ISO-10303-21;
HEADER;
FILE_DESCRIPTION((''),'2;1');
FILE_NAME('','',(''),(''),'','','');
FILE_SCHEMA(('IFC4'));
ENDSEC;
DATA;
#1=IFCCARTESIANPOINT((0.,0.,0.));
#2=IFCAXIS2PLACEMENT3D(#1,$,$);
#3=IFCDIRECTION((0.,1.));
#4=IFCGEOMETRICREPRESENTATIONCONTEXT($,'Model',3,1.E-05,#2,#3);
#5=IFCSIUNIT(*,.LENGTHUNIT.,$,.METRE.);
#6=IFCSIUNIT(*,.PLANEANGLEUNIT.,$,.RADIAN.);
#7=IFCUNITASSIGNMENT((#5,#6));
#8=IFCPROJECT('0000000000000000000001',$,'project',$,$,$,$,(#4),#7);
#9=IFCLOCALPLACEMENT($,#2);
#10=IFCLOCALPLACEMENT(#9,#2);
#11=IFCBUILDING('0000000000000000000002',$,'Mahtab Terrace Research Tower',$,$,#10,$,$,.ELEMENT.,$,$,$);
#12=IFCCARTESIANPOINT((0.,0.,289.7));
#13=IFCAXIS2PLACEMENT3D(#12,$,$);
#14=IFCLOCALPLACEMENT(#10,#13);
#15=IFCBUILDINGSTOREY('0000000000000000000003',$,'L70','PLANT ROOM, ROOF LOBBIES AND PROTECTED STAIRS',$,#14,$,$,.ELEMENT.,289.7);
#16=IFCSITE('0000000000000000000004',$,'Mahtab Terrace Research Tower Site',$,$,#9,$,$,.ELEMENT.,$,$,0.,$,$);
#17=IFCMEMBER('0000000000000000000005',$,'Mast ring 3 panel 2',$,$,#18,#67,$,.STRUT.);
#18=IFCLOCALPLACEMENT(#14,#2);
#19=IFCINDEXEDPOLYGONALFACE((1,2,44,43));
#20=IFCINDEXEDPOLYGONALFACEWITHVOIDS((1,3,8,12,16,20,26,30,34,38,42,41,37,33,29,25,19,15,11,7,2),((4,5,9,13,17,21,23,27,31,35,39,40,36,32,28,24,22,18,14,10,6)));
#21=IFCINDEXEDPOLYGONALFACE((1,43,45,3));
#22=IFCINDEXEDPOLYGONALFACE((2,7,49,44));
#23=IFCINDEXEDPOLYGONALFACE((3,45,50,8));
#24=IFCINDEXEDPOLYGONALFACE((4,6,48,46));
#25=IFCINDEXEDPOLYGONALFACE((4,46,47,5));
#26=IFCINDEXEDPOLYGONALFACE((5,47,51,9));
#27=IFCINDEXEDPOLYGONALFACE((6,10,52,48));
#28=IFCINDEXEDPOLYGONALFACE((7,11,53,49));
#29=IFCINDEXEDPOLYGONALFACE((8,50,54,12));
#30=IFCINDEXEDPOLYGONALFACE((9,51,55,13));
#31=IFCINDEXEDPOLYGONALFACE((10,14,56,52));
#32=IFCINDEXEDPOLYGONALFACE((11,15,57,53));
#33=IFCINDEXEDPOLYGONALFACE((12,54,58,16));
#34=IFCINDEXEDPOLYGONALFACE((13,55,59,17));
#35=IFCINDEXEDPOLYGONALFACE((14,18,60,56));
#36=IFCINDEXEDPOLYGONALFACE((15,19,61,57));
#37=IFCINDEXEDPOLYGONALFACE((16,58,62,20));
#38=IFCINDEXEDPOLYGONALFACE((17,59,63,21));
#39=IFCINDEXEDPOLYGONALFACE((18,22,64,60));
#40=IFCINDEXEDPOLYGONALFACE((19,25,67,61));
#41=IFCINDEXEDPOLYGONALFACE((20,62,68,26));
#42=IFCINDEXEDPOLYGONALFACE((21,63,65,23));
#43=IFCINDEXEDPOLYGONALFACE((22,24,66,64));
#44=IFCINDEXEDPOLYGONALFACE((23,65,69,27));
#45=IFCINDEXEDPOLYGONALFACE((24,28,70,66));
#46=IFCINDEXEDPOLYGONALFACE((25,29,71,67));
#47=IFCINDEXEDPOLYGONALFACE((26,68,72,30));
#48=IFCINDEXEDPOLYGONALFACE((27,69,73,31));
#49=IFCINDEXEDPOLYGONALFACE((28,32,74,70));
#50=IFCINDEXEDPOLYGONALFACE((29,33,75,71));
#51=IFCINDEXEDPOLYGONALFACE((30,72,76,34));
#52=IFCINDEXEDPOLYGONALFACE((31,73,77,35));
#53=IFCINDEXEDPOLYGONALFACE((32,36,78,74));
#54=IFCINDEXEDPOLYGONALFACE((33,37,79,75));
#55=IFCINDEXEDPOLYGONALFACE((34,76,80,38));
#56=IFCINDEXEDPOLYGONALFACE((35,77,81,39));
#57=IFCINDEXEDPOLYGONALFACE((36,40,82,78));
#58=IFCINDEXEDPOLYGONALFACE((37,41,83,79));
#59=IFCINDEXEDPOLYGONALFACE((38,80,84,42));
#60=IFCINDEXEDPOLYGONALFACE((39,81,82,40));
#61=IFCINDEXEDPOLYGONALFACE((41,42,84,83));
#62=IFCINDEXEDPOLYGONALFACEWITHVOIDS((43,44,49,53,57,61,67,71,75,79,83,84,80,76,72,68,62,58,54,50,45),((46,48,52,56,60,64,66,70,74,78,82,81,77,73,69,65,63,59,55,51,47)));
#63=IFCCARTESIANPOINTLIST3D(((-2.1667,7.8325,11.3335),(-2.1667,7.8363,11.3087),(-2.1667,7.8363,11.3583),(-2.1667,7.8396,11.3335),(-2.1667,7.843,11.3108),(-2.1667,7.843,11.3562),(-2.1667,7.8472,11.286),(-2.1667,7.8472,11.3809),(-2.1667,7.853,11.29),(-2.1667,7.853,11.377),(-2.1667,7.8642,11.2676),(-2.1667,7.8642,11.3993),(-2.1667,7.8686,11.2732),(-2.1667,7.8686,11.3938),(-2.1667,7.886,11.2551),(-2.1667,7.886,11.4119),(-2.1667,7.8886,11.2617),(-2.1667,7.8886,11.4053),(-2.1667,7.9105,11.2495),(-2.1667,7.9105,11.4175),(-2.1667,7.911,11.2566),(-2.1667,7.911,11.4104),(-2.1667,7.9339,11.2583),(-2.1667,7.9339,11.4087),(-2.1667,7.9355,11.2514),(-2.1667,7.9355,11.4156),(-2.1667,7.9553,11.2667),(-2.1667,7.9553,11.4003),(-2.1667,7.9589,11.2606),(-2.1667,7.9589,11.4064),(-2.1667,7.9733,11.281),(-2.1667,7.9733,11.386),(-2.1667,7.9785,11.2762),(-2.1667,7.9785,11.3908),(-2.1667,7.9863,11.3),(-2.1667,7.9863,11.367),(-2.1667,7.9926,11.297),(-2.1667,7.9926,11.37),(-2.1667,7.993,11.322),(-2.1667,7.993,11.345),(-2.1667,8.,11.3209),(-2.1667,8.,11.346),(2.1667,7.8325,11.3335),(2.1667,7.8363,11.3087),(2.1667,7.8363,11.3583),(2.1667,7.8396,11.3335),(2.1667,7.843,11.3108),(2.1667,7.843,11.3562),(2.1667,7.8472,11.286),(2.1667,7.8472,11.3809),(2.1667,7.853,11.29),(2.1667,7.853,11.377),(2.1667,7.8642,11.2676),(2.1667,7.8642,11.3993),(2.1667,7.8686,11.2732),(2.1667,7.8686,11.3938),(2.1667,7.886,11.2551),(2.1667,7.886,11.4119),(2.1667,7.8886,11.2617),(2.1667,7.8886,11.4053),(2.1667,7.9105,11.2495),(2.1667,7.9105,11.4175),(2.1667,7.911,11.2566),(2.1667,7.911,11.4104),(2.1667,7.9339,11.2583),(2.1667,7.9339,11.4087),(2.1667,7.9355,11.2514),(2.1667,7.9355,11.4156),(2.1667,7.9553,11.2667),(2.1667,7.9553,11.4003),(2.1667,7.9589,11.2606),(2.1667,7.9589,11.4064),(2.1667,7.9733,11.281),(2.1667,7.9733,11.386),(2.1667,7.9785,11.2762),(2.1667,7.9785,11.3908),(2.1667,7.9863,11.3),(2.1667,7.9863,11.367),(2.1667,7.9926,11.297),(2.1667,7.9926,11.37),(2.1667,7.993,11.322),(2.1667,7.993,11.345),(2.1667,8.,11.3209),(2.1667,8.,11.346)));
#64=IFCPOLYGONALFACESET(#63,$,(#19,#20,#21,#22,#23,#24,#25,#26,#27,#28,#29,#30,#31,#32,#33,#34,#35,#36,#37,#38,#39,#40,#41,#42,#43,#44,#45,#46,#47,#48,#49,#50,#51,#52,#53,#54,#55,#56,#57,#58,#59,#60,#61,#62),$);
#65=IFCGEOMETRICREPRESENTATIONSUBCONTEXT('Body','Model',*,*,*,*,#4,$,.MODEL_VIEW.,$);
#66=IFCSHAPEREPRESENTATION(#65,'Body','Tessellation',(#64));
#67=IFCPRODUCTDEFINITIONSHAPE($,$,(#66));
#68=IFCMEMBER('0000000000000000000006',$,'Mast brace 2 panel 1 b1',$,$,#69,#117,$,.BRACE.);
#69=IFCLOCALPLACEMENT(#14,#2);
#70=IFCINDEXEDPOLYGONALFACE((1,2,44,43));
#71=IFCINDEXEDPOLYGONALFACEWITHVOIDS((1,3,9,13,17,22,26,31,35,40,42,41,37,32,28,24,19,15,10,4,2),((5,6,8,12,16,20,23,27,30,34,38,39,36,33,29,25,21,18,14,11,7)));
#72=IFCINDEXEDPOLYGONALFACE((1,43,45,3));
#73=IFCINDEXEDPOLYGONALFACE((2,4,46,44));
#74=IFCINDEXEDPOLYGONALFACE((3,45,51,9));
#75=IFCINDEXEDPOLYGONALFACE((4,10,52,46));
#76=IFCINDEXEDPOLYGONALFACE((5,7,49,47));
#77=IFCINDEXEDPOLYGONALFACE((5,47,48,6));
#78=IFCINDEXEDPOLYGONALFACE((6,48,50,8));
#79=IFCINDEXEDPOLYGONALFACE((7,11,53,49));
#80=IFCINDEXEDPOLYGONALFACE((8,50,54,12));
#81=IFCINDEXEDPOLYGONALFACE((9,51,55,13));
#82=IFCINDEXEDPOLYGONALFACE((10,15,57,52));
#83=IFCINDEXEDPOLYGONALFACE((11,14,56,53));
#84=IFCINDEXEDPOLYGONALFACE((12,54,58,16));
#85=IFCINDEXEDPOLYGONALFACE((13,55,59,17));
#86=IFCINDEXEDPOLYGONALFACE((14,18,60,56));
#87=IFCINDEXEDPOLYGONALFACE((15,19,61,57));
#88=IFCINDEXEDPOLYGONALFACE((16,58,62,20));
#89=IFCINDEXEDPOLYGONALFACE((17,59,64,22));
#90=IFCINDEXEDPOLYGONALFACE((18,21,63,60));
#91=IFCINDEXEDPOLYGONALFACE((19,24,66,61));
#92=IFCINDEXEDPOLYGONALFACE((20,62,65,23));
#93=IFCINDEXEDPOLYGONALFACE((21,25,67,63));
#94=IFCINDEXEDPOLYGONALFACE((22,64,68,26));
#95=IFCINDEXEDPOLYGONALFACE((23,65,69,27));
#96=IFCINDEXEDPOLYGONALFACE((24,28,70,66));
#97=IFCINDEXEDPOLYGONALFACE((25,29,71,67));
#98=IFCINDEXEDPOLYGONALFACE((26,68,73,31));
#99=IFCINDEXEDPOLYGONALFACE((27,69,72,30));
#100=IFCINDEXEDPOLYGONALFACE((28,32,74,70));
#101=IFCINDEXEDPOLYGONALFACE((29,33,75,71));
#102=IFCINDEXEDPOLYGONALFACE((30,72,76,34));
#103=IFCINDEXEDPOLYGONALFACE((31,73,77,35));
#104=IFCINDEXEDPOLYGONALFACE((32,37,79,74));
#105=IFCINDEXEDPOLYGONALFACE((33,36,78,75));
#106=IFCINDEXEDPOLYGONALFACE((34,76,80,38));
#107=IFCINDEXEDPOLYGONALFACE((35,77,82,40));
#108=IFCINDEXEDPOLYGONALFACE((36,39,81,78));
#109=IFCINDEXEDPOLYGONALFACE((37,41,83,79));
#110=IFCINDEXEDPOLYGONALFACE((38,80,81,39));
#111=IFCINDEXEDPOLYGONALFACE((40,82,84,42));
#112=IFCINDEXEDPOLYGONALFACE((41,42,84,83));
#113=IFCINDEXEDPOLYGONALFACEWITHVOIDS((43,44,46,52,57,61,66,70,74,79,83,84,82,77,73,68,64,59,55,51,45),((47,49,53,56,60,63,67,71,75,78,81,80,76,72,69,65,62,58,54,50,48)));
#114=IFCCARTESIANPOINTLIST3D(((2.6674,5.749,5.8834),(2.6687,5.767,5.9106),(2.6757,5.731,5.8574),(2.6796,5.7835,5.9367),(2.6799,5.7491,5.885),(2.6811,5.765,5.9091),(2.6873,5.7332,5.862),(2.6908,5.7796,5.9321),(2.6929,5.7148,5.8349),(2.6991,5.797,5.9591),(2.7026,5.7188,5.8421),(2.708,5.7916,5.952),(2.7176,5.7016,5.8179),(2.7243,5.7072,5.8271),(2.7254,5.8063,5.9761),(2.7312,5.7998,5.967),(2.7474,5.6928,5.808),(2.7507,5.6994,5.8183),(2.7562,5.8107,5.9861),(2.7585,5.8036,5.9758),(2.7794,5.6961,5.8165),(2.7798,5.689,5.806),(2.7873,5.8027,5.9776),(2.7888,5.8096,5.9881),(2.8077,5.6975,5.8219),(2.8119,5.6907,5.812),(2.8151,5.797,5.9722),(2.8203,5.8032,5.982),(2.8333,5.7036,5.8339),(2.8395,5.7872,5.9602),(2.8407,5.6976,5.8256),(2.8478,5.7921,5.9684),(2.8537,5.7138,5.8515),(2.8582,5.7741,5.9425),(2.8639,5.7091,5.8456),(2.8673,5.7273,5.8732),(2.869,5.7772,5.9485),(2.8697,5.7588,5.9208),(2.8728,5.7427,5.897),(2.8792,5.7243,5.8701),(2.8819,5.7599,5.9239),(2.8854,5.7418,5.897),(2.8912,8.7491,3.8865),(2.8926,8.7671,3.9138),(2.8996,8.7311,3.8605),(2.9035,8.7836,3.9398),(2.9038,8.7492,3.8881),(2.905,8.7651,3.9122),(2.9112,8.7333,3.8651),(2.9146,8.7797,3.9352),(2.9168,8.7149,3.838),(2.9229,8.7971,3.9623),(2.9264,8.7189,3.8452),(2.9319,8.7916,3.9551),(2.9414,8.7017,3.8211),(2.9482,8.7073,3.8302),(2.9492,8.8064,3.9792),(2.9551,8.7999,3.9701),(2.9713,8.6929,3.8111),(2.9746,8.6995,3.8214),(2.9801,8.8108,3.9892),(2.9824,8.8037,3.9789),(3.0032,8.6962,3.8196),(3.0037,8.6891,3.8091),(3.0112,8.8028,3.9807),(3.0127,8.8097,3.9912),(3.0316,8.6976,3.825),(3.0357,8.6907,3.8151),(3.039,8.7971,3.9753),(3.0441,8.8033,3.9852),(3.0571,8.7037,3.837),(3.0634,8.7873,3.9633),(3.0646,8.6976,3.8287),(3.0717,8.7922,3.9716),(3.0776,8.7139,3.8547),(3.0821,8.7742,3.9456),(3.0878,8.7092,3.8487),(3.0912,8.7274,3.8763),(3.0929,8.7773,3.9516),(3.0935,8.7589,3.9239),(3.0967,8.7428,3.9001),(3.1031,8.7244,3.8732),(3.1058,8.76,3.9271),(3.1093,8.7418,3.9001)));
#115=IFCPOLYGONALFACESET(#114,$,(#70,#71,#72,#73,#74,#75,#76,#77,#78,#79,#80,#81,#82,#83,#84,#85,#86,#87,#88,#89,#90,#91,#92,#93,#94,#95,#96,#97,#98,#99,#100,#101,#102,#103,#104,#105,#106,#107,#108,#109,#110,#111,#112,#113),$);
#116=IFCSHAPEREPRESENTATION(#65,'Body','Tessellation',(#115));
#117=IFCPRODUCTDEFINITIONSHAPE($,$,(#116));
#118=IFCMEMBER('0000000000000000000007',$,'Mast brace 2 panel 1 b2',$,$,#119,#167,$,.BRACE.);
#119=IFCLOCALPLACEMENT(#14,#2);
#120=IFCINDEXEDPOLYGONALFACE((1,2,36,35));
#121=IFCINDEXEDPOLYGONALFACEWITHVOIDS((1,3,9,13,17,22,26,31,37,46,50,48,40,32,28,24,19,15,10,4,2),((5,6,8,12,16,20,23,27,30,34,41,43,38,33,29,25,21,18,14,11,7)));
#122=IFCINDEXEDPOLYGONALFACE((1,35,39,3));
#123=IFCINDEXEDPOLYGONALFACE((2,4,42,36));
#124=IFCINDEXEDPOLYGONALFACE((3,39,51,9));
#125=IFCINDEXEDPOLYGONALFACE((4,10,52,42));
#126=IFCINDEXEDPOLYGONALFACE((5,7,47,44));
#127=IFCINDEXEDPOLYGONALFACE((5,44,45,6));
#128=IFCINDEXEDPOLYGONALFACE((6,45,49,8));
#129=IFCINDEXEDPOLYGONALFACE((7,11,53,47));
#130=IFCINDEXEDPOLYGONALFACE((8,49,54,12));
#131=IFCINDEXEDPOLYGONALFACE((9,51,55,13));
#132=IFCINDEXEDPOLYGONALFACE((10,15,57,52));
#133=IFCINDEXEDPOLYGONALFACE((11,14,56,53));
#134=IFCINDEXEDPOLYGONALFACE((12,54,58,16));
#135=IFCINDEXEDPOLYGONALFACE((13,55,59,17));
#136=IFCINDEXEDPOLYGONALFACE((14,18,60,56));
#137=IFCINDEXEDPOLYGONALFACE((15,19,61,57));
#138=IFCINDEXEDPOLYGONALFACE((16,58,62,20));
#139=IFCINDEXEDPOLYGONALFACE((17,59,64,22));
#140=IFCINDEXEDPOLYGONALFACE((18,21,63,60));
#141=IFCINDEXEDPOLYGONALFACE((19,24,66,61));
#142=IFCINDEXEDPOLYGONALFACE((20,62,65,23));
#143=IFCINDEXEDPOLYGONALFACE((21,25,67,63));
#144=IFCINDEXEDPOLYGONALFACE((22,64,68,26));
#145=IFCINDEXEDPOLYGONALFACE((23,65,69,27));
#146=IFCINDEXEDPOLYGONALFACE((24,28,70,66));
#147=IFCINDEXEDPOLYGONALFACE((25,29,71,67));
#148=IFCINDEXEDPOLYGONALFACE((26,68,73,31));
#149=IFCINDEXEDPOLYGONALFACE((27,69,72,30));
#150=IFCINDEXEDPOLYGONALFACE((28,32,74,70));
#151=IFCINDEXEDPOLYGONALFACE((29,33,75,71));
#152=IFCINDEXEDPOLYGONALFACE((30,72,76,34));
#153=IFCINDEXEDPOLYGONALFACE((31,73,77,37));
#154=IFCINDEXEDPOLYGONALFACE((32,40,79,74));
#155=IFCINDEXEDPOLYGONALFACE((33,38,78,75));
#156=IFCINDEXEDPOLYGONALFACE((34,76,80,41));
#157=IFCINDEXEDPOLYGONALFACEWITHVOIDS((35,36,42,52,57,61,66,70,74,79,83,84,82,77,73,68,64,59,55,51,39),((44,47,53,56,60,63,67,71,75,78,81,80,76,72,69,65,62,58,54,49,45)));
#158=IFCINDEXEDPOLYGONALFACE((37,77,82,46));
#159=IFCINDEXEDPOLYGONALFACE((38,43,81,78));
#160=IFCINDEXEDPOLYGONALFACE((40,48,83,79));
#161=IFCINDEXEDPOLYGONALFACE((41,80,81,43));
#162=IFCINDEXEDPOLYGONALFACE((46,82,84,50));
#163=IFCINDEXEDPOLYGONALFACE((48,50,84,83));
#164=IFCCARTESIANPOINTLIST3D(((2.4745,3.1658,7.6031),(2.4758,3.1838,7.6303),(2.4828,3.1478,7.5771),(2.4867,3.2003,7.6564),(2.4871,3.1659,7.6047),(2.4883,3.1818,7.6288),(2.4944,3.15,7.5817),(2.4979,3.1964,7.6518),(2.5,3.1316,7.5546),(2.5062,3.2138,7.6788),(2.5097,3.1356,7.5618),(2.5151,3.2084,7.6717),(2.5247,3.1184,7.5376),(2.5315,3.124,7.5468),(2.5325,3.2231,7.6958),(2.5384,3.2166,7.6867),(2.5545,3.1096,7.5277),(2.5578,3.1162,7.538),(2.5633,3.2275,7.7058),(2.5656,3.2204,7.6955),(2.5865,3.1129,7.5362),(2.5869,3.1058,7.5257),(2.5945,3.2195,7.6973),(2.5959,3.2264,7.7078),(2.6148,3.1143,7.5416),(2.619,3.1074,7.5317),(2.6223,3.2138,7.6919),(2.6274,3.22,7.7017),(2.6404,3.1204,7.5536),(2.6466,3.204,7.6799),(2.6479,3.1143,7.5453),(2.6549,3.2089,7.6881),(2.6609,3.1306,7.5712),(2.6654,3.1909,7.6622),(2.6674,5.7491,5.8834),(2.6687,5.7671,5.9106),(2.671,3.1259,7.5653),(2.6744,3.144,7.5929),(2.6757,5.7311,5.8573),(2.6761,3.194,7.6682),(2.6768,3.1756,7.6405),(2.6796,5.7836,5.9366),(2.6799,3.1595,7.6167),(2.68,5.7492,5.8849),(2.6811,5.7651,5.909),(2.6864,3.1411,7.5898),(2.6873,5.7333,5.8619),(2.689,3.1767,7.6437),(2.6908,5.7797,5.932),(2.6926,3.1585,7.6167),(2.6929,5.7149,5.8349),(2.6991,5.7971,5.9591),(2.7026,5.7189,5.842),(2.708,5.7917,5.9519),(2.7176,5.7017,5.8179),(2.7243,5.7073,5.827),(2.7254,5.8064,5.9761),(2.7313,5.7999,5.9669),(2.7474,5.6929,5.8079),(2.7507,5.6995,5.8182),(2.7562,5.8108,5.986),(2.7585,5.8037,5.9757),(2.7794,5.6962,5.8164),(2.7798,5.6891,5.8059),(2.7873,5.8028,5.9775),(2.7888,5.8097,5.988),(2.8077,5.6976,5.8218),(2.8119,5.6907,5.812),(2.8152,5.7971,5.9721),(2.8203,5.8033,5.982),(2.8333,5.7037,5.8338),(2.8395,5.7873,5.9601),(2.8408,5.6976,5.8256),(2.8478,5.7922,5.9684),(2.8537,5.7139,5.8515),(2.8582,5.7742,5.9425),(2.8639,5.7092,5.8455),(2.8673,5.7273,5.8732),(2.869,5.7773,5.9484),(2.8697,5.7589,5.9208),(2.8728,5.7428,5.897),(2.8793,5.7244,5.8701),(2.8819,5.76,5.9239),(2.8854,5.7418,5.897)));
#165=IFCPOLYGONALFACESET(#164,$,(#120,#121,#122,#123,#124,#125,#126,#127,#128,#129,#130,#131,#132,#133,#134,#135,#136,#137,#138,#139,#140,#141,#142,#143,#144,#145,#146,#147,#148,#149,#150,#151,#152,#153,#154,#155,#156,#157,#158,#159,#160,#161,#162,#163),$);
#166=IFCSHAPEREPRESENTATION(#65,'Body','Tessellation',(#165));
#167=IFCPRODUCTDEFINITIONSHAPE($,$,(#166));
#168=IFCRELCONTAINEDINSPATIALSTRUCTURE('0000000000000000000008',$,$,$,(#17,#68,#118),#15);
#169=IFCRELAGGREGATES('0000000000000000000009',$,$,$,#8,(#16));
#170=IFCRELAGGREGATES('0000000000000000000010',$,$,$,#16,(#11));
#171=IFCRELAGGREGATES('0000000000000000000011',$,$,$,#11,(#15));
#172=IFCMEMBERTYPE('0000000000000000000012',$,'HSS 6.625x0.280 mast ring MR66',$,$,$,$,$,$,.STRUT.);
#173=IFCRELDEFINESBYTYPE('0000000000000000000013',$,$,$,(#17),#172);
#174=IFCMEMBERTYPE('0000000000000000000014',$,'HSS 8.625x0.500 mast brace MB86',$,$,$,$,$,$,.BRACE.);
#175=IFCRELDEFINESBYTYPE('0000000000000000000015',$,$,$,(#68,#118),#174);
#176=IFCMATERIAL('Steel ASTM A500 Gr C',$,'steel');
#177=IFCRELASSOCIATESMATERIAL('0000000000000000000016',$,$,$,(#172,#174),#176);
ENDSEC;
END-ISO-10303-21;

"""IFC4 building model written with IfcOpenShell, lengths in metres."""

from ifc_helpers import new_model, si_unit, direction, frame, origin, origin_2d, place, context, subcontext, project, spatial, hollow_circle, extrude, material, material_profile, profile_set, type_object, element, save


model = new_model("IFC4")

# Units and contexts
model_context = context("Model", 3, precision=1e-05, world=origin(), true_north=direction((0.0, 1.0)))
body_context = subcontext(model_context, "Body", "Model", "MODEL_VIEW")
ifc_project = project(units=[si_unit("LENGTHUNIT", "METRE"), si_unit("PLANEANGLEUNIT", "RADIAN")], contexts=[model_context])

# Site, building, storey
site_placement = place(None, origin())
site = spatial("IfcSite", under=ifc_project, at=site_placement, Name="Mahtab Terrace Research Tower Site", CompositionType="ELEMENT", RefElevation=0.0)
building_placement = place(site_placement, origin())
building = spatial("IfcBuilding", under=site, at=building_placement, Name="Mahtab Terrace Research Tower", CompositionType="ELEMENT")
storey_placement = place(building_placement, frame((0.0, 0.0, 289.7)))
storey = spatial("IfcBuildingStorey", under=building, at=storey_placement, Name="L70", Description="PLANT ROOM, ROOF LOBBIES AND PROTECTED STAIRS", CompositionType="ELEMENT", Elevation=289.7)

# Members
ifc_material_1 = material(Name="Steel ASTM A500 Gr C", Category="steel")
ifc_material_profile_1 = material_profile(ifc_material_1, hollow_circle(Radius=0.0842, WallThickness=0.0071, at=origin_2d()), Name="HSS6.625X0.280")
ifc_profile_set_1 = profile_set([ifc_material_profile_1], Name="Steel ASTM A500 Gr C")
member_type_1 = type_object("IfcMemberType", Name="HSS 6.625x0.280 mast ring MR66", PredefinedType="STRUT", material=ifc_profile_set_1)
for number, where, z_axis, x_axis, name in (
    (1, (2.1667, 7.9167, 11.3335), (-1.0, 0.0, 0.0), (0.0, -1.0, 0.0), "Mast ring 3 panel 2"),
):
    element("IfcMember", number, at=place(storey_placement, frame(where, z_axis=z_axis, x_axis=x_axis)), inside=storey, type_object=member_type_1, Name=name, PredefinedType="STRUT", context=body_context, shape_type="SweptSolid", body=[
        extrude(hollow_circle(Radius=0.0842, WallThickness=0.0071, at=origin_2d()), origin(), (0.0, 0.0, 1.0), 4.3335),
    ])
ifc_material_profile_2 = material_profile(ifc_material_1, hollow_circle(Radius=0.1096, WallThickness=0.0127, at=origin_2d()), Name="HSS8.625X0.500")
ifc_profile_set_2 = profile_set([ifc_material_profile_2], Name="Steel ASTM A500 Gr C")
member_type_2 = type_object("IfcMemberType", Name="HSS 8.625x0.500 mast brace MB86", PredefinedType="BRACE", material=ifc_profile_set_2)
member_1_placement = place(storey_placement, frame((3.0, 8.75, 3.9001), z_axis=(-0.062003, -0.830855, 0.553024), x_axis=(0.997227, -0.074419, 0.0)))
element("IfcMember", 2, at=member_1_placement, inside=storey, type_object=member_type_2, Name="Mast brace 2 panel 1 b1", PredefinedType="BRACE", context=body_context, shape_type="SweptSolid", body=[
    extrude(hollow_circle(Radius=0.1096, WallThickness=0.0127, at=origin_2d()), origin(), (0.0, 0.0, 1.0), 3.6108),
])
member_2_placement = place(storey_placement, frame((2.7761, 5.75, 5.897), z_axis=(-0.06203, -0.83081, 0.553088), x_axis=(0.997224, -0.074455, 0.0)))
element("IfcMember", 3, at=member_2_placement, inside=storey, type_object=member_type_2, Name="Mast brace 2 panel 1 b2", PredefinedType="BRACE", context=body_context, shape_type="SweptSolid", body=[
    extrude(hollow_circle(Radius=0.1096, WallThickness=0.0127, at=origin_2d()), origin(), (0.0, 0.0, 1.0), 3.1094),
])

save(model, "model.ifc")
